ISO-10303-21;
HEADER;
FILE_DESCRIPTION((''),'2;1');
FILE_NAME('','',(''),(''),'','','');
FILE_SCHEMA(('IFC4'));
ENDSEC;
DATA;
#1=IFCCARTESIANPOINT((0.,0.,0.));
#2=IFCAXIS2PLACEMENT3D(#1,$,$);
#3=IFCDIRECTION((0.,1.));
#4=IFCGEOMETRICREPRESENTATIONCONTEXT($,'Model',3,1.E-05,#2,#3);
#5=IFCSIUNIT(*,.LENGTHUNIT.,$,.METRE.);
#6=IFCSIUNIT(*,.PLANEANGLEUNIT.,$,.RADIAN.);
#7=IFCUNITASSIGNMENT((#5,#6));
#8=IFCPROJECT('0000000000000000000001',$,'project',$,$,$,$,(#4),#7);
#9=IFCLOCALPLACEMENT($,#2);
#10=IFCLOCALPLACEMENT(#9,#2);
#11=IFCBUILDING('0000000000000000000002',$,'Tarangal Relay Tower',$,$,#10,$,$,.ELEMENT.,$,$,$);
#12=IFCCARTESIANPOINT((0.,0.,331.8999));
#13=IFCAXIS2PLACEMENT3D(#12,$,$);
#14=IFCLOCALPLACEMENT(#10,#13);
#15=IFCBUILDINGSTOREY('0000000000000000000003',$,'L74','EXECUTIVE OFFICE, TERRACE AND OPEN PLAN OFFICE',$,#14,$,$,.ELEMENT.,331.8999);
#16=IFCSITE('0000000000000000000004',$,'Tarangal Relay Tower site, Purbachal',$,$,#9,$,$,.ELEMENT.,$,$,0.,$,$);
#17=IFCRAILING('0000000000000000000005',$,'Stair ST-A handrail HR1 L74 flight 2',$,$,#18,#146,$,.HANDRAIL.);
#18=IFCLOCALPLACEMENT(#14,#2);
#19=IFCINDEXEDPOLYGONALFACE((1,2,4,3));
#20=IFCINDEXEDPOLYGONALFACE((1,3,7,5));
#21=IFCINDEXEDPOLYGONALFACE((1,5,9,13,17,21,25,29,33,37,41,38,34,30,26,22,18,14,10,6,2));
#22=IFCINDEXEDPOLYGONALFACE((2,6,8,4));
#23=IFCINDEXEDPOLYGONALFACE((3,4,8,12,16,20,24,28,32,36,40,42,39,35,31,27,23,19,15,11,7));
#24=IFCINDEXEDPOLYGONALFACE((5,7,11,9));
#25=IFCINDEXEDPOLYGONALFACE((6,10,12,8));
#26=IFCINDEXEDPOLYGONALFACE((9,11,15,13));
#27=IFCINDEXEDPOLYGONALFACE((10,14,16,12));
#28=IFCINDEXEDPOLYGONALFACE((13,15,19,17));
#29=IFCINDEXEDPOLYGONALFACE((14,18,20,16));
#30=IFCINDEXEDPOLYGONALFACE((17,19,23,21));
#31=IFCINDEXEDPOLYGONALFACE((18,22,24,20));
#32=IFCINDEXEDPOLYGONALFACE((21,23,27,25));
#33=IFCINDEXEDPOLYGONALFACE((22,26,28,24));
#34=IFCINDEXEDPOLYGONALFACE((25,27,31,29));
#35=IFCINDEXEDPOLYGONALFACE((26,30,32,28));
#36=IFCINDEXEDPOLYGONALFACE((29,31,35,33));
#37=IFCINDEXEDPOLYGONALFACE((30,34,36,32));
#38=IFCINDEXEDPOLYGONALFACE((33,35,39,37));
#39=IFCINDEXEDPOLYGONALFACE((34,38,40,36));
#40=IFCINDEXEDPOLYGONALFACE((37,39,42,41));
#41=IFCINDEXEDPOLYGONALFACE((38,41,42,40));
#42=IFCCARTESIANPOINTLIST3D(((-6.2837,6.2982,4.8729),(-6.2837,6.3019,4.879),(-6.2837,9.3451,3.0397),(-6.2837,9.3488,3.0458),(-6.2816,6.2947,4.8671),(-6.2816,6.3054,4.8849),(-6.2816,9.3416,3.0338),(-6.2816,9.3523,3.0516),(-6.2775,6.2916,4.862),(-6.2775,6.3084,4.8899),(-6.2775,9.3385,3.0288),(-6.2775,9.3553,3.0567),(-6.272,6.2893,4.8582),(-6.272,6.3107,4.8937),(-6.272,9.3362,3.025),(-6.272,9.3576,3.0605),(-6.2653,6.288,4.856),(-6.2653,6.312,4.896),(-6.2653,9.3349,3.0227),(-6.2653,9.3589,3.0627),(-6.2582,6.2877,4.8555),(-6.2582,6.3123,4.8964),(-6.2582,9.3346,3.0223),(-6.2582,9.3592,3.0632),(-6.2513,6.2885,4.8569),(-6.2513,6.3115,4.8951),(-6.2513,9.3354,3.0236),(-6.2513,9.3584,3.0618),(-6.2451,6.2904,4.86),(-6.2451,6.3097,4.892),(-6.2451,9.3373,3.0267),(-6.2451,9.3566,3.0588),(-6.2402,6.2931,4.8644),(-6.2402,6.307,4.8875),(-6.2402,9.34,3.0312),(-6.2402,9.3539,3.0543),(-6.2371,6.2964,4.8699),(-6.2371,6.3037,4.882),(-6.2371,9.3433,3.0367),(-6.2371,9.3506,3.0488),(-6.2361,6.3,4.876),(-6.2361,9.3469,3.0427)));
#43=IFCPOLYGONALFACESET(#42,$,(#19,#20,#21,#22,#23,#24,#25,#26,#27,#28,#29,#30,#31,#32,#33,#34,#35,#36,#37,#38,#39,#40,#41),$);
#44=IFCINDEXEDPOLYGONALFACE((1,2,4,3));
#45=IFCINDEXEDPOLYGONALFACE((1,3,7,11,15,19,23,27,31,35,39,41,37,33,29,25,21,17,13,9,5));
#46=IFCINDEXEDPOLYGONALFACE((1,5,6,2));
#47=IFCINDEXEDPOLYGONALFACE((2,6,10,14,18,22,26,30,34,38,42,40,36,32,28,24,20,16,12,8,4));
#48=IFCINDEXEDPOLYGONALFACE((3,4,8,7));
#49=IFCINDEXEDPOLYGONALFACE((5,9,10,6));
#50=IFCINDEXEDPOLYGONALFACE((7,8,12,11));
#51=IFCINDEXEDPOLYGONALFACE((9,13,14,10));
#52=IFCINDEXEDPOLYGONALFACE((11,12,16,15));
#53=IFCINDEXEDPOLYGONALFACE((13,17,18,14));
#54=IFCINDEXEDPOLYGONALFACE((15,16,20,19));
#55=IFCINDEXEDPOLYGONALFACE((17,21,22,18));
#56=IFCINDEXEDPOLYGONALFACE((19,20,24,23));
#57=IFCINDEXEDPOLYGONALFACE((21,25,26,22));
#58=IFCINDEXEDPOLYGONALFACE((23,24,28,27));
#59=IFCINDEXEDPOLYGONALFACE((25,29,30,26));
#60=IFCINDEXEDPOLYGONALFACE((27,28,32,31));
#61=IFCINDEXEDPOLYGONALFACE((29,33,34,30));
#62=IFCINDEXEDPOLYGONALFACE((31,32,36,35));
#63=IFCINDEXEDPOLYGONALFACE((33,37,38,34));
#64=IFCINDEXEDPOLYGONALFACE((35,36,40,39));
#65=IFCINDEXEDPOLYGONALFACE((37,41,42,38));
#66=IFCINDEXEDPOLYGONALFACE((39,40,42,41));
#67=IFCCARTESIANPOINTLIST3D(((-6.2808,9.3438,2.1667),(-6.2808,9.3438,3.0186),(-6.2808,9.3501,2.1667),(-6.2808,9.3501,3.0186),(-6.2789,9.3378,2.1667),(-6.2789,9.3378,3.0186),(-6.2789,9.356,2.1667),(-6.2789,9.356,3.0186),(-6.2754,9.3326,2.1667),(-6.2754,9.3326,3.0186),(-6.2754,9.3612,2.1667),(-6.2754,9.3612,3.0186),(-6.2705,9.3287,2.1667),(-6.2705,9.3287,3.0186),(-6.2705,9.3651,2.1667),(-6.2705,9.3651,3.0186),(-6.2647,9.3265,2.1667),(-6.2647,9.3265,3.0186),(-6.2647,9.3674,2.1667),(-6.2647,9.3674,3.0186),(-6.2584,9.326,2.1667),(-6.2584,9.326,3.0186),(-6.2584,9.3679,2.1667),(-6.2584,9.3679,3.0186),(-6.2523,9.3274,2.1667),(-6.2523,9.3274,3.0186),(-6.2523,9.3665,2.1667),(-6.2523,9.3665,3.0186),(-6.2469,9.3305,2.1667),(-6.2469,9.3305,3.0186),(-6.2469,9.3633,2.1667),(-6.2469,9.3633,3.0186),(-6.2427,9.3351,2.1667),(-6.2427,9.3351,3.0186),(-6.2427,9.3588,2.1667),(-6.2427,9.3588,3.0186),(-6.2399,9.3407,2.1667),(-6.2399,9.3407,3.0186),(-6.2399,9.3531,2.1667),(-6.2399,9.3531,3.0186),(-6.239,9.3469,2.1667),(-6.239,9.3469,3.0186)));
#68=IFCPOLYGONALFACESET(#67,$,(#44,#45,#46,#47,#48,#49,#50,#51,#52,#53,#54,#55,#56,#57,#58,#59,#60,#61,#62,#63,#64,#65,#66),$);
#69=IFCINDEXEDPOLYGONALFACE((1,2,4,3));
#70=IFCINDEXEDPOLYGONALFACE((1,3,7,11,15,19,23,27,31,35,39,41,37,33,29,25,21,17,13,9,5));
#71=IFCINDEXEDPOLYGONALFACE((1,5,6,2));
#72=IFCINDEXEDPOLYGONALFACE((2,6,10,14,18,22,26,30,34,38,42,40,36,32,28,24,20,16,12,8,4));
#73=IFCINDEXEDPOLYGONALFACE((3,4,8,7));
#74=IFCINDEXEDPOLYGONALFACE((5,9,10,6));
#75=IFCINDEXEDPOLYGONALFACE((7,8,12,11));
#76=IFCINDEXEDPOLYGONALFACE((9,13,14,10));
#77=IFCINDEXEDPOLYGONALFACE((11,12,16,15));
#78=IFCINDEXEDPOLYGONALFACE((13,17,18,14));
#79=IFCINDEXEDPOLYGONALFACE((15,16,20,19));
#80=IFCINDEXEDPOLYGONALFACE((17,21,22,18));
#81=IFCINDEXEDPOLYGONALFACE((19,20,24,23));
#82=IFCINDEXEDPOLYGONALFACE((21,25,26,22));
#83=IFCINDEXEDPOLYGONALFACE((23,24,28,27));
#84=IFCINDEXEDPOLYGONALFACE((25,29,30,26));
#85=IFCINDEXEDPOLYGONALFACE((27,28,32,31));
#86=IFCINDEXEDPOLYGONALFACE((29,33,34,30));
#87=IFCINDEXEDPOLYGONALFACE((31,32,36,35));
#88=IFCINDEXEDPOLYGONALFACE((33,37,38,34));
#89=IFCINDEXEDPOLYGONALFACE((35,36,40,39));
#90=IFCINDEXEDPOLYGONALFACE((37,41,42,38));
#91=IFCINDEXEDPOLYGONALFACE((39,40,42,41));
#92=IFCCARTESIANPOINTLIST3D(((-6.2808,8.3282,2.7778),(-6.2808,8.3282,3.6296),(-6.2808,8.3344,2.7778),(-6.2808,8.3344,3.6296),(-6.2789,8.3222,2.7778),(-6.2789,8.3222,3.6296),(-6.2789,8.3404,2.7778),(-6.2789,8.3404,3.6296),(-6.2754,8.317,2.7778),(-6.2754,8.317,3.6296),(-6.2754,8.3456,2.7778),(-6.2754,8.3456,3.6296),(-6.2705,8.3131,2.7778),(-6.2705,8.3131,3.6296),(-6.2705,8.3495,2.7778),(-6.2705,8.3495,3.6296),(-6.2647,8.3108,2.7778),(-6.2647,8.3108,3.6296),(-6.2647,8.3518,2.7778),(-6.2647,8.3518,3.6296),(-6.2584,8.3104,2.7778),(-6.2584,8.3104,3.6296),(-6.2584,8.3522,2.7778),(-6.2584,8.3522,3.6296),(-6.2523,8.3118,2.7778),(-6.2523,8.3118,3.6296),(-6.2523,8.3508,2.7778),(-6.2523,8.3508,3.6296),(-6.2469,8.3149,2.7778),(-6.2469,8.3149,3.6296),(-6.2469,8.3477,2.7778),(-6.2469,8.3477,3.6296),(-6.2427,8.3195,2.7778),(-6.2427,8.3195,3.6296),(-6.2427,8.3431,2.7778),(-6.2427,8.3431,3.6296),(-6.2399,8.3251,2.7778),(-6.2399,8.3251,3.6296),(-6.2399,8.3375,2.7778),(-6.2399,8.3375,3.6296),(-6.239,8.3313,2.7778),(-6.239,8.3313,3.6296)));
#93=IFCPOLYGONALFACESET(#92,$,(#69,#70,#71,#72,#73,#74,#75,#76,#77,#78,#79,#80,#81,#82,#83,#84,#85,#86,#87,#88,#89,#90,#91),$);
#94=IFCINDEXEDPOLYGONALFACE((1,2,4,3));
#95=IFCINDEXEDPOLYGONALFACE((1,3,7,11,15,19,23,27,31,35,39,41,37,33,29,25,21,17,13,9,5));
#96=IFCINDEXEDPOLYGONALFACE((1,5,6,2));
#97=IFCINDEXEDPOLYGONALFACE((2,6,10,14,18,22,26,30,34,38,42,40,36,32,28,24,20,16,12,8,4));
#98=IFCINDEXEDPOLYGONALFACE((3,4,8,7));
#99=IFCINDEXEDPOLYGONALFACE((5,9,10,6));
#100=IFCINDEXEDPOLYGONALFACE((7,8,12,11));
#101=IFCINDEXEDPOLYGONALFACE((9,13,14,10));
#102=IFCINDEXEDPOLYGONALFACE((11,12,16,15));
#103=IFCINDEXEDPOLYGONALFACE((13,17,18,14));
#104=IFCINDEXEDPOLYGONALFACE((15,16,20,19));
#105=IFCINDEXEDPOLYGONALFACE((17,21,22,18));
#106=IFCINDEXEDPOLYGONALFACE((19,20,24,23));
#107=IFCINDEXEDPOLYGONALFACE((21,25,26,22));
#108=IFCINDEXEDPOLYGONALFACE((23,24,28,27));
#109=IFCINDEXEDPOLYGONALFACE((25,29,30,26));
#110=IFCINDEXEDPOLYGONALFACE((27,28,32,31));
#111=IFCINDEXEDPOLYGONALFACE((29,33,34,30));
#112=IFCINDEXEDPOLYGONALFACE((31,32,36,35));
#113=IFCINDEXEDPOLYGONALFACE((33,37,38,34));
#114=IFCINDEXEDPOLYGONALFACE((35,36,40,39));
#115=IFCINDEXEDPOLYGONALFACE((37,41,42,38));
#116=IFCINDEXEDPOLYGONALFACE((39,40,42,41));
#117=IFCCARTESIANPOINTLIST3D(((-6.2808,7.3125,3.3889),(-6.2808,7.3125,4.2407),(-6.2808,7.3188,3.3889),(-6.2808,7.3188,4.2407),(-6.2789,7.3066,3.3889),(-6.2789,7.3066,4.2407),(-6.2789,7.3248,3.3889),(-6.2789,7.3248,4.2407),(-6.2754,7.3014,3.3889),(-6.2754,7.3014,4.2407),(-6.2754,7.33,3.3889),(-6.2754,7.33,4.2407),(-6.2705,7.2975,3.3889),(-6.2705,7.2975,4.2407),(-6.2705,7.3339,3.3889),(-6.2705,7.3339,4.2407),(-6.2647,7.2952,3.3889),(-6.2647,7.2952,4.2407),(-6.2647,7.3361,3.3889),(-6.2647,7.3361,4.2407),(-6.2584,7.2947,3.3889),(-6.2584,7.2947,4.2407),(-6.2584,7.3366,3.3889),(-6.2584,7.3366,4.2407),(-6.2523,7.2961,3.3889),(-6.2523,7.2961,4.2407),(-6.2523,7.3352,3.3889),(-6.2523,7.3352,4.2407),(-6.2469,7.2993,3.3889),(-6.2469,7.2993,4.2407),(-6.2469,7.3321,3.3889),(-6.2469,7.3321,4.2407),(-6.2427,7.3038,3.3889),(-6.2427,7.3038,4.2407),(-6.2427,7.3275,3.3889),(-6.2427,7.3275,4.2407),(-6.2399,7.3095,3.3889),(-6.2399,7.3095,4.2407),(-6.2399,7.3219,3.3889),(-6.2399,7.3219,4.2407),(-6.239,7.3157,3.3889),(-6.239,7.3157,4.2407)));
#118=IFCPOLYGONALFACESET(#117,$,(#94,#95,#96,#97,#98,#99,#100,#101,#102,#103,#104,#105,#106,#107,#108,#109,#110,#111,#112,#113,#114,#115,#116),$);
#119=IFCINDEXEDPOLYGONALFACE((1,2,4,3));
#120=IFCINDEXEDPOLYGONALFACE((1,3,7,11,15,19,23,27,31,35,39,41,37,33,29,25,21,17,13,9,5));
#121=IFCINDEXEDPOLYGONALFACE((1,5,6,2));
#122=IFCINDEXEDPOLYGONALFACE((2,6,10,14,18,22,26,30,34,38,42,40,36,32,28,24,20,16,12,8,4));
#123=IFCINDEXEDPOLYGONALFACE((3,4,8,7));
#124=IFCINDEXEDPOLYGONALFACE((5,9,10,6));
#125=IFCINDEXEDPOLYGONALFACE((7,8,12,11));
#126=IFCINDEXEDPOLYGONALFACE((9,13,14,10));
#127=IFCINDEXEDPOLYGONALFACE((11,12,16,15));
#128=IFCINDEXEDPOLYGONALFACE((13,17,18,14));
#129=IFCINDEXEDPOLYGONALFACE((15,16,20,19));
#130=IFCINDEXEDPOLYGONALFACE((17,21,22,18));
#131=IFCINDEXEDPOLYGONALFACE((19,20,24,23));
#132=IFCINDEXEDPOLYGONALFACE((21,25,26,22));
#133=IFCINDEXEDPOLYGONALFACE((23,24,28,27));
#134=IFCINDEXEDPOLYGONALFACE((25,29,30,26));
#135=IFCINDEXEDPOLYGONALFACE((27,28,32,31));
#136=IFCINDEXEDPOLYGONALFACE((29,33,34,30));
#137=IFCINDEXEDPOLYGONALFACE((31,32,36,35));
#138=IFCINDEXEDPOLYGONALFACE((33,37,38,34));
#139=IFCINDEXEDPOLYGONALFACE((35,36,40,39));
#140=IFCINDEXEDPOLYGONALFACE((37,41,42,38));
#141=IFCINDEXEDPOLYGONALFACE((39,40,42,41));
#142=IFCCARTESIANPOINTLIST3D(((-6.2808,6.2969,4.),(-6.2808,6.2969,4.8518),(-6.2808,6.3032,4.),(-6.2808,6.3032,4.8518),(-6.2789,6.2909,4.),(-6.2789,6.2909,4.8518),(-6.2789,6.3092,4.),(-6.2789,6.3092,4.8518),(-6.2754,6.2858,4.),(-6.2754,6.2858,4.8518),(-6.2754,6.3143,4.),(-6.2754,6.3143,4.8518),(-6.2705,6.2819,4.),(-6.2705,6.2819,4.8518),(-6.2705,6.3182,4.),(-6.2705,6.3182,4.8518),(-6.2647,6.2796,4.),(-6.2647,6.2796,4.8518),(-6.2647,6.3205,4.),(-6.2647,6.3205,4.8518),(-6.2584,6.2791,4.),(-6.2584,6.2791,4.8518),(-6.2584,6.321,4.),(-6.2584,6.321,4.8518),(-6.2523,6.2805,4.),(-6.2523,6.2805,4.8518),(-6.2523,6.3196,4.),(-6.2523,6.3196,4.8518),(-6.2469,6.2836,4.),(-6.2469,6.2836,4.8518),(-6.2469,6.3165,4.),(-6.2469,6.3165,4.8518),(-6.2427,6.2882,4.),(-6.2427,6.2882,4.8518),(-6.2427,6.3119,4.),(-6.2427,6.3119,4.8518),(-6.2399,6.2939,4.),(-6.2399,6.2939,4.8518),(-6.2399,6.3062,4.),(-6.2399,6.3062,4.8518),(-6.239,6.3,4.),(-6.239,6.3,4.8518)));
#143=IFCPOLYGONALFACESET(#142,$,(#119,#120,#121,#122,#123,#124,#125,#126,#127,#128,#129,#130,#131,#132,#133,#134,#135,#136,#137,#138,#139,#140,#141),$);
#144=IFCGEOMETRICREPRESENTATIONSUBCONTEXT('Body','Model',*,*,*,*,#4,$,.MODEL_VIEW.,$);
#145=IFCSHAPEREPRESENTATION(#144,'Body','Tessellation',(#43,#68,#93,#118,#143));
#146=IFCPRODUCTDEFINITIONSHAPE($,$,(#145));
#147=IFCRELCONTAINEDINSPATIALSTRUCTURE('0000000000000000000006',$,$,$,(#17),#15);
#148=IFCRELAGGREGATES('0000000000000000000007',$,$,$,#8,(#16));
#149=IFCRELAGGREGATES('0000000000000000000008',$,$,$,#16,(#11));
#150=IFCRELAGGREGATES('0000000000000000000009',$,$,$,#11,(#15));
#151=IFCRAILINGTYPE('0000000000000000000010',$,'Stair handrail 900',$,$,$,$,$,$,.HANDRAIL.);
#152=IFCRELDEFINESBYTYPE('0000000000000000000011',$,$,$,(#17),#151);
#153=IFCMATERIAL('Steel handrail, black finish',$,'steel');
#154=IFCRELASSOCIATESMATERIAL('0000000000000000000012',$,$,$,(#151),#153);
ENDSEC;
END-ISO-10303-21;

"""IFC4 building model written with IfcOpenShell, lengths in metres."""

from ifc_helpers import new_model, si_unit, direction, frame, origin, origin_2d, place, context, subcontext, project, spatial, circle, extrude, material, type_object, element, save


model = new_model("IFC4")

# Units and contexts
model_context = context("Model", 3, precision=1e-05, world=origin(), true_north=direction((0.0, 1.0)))
body_context = subcontext(model_context, "Body", "Model", "MODEL_VIEW")
ifc_project = project(units=[si_unit("LENGTHUNIT", "METRE"), si_unit("PLANEANGLEUNIT", "RADIAN")], contexts=[model_context])

# Site, building, storey
site_placement = place(None, origin())
site = spatial("IfcSite", under=ifc_project, at=site_placement, Name="Tarangal Relay Tower site, Purbachal", CompositionType="ELEMENT", RefElevation=0.0)
building_placement = place(site_placement, origin())
building = spatial("IfcBuilding", under=site, at=building_placement, Name="Tarangal Relay Tower", CompositionType="ELEMENT")
storey_placement = place(building_placement, frame((0.0, 0.0, 331.8999)))
storey = spatial("IfcBuildingStorey", under=building, at=storey_placement, Name="L74", Description="EXECUTIVE OFFICE, TERRACE AND OPEN PLAN OFFICE", CompositionType="ELEMENT", Elevation=331.8999)

# Railing
ifc_material_1 = material(Name="Steel handrail, black finish", Category="steel")
railing_type_1 = type_object("IfcRailingType", Name="Stair handrail 900", PredefinedType="HANDRAIL", material=ifc_material_1)
railing_1_placement = place(storey_placement, frame((-6.26, 9.3469, 2.1667)))
element("IfcRailing", 1, at=railing_1_placement, inside=storey, type_object=railing_type_1, Name="Stair ST-A handrail HR1 L74 flight 2", PredefinedType="HANDRAIL", context=body_context, shape_type="SweptSolid", body=[
    extrude(circle(Radius=0.0239, at=origin_2d()), frame((0.0, 0.0, 0.876), z_axis=(0.0, -0.856856, 0.515556), x_axis=(1.0, 0.0, 0.0)), (0.0, 0.0, 1.0), 3.5559),
    extrude(circle(Radius=0.021, at=origin_2d()), origin(), (0.0, 0.0, 1.0), 0.8518),
    extrude(circle(Radius=0.021, at=origin_2d()), frame((0.0, -1.0156, 0.6111)), (0.0, 0.0, 1.0), 0.8518),
    extrude(circle(Radius=0.021, at=origin_2d()), frame((0.0, -2.0312, 1.2222)), (0.0, 0.0, 1.0), 0.8518),
    extrude(circle(Radius=0.021, at=origin_2d()), frame((0.0, -3.0469, 1.8333)), (0.0, 0.0, 1.0), 0.8518),
])

save(model, "model.ifc")
